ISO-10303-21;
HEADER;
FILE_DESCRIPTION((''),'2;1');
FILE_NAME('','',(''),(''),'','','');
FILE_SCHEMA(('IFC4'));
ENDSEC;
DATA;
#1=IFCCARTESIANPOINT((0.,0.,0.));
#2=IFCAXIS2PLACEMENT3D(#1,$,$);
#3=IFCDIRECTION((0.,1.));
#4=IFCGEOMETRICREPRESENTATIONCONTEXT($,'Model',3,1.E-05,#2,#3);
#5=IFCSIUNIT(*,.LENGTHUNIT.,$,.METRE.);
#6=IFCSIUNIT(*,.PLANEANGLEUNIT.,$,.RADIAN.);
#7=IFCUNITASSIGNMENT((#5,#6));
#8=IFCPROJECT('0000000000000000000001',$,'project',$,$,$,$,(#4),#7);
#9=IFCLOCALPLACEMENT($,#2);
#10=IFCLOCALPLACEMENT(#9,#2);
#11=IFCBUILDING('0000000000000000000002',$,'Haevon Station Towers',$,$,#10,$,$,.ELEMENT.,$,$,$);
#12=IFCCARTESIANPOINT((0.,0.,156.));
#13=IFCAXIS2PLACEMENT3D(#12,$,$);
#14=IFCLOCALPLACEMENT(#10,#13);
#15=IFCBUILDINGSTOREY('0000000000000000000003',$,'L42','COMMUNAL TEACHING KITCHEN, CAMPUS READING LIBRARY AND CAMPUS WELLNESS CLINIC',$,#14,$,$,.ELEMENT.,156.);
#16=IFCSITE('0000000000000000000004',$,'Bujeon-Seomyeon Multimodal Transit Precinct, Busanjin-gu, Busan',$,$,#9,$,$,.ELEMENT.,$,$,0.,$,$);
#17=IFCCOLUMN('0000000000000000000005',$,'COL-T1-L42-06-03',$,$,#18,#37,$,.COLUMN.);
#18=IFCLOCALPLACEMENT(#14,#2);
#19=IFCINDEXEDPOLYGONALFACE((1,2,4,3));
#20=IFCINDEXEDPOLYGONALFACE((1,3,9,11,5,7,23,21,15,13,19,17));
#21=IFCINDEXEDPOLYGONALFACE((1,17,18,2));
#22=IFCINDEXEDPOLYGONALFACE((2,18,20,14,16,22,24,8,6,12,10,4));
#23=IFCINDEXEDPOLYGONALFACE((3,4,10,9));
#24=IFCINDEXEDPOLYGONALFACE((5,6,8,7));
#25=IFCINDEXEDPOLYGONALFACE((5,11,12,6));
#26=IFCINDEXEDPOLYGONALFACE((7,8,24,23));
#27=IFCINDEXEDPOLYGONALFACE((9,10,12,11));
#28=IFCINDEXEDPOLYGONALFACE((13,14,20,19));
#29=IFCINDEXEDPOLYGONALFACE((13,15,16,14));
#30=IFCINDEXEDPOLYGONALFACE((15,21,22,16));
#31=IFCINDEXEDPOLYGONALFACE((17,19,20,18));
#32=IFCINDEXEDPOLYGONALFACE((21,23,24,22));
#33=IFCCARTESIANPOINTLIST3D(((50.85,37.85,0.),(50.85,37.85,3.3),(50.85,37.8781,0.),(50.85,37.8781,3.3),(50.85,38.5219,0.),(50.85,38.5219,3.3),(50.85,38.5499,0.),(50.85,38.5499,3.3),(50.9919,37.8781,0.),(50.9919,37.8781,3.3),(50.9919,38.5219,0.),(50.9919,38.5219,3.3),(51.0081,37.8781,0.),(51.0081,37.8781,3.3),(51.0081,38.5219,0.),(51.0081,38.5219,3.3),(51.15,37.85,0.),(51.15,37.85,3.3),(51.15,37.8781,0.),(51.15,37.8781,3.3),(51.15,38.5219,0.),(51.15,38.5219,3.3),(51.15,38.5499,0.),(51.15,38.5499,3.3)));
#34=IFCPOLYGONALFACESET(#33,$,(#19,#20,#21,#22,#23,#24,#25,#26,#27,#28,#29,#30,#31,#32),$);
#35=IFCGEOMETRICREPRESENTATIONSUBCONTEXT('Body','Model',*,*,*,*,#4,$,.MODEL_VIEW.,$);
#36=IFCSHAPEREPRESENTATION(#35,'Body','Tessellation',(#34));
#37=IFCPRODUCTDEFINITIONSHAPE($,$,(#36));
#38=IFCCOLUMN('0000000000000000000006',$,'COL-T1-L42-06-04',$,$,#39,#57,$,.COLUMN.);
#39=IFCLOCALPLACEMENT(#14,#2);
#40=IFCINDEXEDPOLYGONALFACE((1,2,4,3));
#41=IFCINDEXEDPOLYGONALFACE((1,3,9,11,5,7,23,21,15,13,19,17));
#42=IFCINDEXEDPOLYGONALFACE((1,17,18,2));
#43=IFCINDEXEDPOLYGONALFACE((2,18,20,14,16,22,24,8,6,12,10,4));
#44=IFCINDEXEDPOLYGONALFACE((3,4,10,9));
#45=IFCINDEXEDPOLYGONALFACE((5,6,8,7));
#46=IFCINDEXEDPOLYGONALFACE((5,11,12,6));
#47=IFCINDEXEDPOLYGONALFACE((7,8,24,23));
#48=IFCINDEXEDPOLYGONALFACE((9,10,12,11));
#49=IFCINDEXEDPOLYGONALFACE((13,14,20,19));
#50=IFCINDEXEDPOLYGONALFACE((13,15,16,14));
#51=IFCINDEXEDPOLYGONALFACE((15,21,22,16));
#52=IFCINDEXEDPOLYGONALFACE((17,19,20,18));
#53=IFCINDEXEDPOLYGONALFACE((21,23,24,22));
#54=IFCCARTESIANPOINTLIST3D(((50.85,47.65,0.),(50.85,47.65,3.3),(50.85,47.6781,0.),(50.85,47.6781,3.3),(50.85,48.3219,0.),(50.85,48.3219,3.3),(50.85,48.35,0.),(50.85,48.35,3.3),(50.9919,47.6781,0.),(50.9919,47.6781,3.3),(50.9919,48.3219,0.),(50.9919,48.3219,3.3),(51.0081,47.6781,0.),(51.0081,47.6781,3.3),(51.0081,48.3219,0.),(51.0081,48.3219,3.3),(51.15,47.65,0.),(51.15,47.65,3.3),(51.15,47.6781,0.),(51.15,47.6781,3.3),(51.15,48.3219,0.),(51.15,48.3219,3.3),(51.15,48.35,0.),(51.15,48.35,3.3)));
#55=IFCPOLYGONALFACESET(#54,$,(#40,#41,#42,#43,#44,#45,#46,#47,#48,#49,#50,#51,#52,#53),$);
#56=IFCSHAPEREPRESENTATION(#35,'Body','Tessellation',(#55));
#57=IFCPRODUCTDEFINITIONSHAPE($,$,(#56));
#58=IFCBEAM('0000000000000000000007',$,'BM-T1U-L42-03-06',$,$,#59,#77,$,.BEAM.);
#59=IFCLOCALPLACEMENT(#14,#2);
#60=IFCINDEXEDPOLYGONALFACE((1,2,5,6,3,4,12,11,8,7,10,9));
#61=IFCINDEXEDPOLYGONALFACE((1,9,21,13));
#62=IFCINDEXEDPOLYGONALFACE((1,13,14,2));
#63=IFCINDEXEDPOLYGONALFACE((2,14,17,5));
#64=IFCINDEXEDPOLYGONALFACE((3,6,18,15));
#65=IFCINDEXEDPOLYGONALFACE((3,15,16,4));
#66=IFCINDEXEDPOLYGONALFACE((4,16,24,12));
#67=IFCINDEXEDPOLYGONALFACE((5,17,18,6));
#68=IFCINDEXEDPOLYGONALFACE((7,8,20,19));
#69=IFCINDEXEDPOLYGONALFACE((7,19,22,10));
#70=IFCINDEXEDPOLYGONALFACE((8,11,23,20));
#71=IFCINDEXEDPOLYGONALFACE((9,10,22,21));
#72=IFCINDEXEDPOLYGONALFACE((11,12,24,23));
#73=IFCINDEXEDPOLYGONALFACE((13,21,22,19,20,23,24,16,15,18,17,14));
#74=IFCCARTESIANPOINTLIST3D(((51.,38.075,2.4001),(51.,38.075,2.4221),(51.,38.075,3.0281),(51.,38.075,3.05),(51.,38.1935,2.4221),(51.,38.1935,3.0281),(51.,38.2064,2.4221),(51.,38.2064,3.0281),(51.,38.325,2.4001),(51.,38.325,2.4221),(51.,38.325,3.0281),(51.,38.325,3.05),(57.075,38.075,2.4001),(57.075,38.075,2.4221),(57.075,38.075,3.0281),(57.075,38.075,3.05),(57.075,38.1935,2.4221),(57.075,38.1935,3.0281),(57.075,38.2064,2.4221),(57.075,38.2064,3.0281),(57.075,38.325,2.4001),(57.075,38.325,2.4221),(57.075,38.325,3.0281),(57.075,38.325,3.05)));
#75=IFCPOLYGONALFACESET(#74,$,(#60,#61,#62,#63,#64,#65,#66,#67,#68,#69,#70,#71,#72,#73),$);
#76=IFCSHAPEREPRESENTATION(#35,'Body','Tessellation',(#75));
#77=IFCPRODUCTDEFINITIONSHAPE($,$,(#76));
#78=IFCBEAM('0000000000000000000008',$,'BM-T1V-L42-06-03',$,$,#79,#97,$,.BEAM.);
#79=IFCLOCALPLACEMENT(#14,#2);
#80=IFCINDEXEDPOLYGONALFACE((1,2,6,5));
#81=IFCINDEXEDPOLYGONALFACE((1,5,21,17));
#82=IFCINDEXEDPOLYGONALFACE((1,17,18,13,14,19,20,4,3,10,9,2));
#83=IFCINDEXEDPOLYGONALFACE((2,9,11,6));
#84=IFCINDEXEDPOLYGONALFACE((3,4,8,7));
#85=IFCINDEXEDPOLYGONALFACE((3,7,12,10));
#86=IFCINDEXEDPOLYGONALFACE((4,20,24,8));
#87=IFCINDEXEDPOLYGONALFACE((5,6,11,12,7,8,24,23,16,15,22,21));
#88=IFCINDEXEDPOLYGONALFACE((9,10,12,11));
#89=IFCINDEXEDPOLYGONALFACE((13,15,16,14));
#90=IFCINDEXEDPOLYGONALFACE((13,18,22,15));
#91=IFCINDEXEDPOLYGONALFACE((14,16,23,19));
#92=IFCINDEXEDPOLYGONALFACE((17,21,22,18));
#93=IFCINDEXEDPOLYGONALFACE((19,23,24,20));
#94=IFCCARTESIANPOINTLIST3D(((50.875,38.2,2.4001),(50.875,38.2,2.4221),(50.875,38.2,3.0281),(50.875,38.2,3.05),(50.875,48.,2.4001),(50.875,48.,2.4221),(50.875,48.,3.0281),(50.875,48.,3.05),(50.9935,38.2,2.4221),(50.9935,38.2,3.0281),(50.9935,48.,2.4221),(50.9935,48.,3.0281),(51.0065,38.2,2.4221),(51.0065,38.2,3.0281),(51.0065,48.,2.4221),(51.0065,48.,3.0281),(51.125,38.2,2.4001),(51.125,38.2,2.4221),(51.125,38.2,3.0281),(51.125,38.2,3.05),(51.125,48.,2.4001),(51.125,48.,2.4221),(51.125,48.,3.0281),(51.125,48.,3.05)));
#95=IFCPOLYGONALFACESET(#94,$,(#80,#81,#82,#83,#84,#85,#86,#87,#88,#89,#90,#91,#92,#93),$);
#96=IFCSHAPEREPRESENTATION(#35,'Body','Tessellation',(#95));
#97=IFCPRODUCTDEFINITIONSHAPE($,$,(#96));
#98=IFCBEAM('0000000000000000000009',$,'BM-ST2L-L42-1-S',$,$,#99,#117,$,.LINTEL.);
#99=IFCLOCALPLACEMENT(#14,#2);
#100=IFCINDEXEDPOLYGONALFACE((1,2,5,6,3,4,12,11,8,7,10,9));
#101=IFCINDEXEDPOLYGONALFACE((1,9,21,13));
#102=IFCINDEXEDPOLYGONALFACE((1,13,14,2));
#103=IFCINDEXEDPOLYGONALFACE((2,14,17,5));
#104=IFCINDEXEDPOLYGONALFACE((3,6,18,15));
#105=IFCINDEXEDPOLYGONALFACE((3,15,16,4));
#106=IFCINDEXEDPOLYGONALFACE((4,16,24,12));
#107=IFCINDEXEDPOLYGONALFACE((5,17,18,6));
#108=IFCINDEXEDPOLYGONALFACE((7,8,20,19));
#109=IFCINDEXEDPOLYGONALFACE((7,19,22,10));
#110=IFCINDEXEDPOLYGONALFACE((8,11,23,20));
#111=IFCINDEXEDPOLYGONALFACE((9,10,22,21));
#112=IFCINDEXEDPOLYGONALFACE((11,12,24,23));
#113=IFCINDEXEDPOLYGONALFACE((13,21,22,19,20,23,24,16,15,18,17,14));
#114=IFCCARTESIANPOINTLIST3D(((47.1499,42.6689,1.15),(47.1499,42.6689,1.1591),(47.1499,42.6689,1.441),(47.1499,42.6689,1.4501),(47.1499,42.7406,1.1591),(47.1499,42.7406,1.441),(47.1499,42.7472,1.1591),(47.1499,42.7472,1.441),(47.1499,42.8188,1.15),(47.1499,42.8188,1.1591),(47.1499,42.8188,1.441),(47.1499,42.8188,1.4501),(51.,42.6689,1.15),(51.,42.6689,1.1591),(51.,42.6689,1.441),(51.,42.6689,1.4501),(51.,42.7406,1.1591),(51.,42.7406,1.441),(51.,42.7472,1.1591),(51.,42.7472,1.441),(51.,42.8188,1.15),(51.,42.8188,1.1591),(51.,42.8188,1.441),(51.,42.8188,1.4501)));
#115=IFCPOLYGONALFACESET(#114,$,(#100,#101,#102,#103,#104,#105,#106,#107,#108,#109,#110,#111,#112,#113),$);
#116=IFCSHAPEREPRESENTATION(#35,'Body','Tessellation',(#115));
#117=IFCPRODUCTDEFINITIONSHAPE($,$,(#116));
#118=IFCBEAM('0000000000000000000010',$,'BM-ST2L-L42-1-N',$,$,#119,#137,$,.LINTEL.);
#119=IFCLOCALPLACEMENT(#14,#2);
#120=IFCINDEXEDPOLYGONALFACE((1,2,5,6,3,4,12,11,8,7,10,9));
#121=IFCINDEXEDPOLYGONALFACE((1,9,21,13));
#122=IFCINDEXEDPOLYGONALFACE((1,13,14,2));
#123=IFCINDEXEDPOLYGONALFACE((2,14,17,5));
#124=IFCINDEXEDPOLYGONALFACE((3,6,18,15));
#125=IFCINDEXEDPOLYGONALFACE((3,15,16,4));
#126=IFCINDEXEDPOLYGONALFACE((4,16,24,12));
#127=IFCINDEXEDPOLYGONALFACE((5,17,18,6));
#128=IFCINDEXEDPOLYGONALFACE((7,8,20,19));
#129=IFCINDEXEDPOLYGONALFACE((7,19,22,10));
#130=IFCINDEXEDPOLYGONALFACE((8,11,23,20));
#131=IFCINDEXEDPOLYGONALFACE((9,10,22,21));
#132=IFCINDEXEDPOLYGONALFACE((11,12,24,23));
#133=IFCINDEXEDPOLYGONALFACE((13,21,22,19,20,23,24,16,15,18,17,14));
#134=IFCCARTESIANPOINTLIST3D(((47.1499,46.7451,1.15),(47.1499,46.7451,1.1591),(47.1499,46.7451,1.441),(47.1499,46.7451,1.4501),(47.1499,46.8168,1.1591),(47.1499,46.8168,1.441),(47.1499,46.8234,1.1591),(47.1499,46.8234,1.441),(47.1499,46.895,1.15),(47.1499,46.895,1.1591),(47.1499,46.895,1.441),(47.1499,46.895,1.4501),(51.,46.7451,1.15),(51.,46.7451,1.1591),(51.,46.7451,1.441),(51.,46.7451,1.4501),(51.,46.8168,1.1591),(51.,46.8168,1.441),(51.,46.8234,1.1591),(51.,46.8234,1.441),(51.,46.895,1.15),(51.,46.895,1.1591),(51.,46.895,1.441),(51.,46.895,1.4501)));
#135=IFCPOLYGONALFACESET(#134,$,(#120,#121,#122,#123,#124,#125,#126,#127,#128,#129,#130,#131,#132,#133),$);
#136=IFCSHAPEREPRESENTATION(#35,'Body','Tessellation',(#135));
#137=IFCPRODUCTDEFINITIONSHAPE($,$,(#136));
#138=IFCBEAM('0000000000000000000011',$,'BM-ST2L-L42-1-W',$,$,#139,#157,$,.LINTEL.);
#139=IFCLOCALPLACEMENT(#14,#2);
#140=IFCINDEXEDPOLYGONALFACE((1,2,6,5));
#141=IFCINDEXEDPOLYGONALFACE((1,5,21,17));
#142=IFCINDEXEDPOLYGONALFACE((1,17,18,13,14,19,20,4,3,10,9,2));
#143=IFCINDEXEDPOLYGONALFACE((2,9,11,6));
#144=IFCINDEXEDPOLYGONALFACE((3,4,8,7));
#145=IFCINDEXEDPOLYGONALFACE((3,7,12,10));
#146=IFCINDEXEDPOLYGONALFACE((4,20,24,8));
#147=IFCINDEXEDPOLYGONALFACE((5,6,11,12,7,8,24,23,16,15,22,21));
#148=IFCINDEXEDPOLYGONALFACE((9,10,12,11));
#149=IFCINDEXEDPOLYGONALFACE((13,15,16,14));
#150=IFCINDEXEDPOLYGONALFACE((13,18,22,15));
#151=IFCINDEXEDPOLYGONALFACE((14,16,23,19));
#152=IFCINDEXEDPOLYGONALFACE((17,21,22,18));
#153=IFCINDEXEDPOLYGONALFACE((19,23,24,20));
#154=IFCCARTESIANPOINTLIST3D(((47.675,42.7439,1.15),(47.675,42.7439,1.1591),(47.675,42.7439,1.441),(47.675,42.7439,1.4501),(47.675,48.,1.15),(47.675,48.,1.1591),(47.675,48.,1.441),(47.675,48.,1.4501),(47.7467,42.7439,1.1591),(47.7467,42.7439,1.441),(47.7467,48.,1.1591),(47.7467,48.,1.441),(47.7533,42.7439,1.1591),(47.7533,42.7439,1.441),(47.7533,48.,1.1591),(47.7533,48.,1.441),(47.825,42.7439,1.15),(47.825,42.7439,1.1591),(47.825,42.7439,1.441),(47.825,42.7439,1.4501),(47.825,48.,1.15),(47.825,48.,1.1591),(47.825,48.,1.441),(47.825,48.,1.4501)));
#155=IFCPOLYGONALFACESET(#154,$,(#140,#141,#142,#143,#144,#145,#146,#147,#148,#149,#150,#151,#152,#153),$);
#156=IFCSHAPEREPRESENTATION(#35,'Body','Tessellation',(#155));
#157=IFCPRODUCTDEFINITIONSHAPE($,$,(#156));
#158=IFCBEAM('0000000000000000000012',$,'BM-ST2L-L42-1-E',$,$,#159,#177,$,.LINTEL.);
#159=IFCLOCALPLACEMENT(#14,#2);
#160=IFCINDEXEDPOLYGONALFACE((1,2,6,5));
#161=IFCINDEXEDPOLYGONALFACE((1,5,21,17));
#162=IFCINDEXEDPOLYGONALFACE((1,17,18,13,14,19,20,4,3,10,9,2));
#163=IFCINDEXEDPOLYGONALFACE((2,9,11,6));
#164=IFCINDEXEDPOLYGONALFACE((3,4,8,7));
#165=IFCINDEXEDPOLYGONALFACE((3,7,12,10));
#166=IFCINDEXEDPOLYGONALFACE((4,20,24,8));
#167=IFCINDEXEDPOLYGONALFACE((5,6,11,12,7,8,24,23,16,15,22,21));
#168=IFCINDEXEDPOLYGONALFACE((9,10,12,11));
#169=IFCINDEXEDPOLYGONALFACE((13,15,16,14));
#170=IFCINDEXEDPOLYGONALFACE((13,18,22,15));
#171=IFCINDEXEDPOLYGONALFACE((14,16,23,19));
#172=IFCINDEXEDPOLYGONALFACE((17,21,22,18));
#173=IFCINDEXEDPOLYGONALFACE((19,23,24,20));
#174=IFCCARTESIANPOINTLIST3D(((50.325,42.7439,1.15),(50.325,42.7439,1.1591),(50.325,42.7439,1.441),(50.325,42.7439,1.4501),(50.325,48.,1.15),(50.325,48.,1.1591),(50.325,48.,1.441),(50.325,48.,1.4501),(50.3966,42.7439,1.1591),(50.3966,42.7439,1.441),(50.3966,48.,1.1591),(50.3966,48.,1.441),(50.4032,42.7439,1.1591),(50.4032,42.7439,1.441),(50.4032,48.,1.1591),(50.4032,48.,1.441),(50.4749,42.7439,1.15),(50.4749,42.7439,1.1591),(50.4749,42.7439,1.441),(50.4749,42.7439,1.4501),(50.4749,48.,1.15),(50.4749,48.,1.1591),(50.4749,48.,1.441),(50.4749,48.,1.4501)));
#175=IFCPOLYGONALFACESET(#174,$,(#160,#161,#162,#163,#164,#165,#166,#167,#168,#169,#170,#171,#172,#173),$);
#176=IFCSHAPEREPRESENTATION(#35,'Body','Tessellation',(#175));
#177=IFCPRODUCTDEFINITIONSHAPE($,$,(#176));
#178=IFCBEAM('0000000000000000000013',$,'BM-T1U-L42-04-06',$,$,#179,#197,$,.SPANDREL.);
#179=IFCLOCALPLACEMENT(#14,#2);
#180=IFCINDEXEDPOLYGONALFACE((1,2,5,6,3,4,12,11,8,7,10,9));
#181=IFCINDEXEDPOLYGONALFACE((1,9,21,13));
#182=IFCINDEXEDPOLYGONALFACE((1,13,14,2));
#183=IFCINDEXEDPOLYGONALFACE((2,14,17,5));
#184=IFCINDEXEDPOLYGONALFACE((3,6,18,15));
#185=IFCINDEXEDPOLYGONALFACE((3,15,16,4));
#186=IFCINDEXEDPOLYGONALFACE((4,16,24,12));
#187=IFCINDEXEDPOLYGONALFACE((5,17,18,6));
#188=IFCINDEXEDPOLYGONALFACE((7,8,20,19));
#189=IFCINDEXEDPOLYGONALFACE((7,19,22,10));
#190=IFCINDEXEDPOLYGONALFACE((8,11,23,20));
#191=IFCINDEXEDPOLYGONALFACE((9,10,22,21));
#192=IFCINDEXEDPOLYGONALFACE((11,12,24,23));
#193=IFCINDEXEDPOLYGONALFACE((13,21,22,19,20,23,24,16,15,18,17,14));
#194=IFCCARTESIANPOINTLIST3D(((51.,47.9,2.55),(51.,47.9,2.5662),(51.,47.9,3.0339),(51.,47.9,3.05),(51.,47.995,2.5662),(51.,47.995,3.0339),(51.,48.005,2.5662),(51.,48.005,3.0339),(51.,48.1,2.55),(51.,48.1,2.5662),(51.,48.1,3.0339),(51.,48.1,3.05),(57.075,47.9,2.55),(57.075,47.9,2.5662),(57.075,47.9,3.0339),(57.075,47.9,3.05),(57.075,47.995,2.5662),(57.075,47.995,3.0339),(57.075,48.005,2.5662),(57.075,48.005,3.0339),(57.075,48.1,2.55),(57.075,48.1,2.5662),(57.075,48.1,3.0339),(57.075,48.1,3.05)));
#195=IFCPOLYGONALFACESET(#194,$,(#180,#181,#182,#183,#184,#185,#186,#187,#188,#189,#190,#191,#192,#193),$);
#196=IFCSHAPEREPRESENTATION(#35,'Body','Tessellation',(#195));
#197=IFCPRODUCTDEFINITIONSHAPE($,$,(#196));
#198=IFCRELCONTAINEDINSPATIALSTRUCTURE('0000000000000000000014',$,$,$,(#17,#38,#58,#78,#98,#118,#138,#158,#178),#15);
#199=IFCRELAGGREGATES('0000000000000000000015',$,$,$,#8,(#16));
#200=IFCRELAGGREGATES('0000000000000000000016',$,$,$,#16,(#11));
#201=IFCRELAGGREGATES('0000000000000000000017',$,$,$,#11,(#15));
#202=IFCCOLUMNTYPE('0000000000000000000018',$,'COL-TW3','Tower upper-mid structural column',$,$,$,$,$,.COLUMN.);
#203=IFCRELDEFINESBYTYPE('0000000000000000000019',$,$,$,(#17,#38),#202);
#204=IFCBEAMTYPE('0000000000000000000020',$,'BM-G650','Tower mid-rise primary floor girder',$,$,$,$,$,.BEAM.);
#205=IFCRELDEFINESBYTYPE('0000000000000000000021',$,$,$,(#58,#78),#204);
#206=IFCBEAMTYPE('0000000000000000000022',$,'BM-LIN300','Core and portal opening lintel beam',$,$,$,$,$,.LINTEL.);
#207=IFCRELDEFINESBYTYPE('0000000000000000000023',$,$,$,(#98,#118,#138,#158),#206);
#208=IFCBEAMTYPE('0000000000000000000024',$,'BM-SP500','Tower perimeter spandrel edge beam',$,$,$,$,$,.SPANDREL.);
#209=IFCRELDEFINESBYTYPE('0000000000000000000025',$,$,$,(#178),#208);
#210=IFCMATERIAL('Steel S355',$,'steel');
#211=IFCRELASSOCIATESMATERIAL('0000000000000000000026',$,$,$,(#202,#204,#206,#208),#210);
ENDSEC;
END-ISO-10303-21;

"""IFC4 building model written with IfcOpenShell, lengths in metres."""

from ifc_helpers import new_model, si_unit, direction, frame, origin, origin_2d, place, context, subcontext, project, spatial, i_section, extrude, material, material_profile, profile_set, type_object, element, save


model = new_model("IFC4")

# Units and contexts
model_context = context("Model", 3, precision=1e-05, world=origin(), true_north=direction((0.0, 1.0)))
body_context = subcontext(model_context, "Body", "Model", "MODEL_VIEW")
ifc_project = project(units=[si_unit("LENGTHUNIT", "METRE"), si_unit("PLANEANGLEUNIT", "RADIAN")], contexts=[model_context])

# Site, building, storey
site_placement = place(None, origin())
site = spatial("IfcSite", under=ifc_project, at=site_placement, Name="Bujeon-Seomyeon Multimodal Transit Precinct, Busanjin-gu, Busan", CompositionType="ELEMENT", RefElevation=0.0)
building_placement = place(site_placement, origin())
building = spatial("IfcBuilding", under=site, at=building_placement, Name="Haevon Station Towers", CompositionType="ELEMENT")
storey_placement = place(building_placement, frame((0.0, 0.0, 156.0)))
storey = spatial("IfcBuildingStorey", under=building, at=storey_placement, Name="L42", Description="COMMUNAL TEACHING KITCHEN, CAMPUS READING LIBRARY AND CAMPUS WELLNESS CLINIC", CompositionType="ELEMENT", Elevation=156.0)

# Columns
ifc_material_1 = material(Name="Steel S355", Category="steel")
ifc_material_profile_1 = material_profile(ifc_material_1, i_section(OverallWidth=0.3, OverallDepth=0.7, WebThickness=0.0161, FlangeThickness=0.0281, at=origin_2d()), Name="H-700x300x16x28")
ifc_profile_set_1 = profile_set([ifc_material_profile_1], Name="Steel S355")
column_type = type_object("IfcColumnType", Name="COL-TW3", Description="Tower upper-mid structural column", PredefinedType="COLUMN", material=ifc_profile_set_1)
for number, where, z_axis, x_axis, name in (
    (1, (51.0, 38.2, 0.0), (0.0, 0.0, 1.0), (1.0, 0.0, 0.0), "COL-T1-L42-06-03"),
    (2, (51.0, 48.0, 0.0), (0.0, 0.0, 1.0), (1.0, 0.0, 0.0), "COL-T1-L42-06-04"),
):
    element("IfcColumn", number, at=place(storey_placement, frame(where, z_axis=z_axis, x_axis=x_axis)), inside=storey, type_object=column_type, Name=name, PredefinedType="COLUMN", context=body_context, shape_type="SweptSolid", body=[
        extrude(i_section(OverallWidth=0.3, OverallDepth=0.7, WebThickness=0.0161, FlangeThickness=0.0281, at=origin_2d()), origin(), (0.0, 0.0, 1.0), 3.3),
    ])

# Beams
ifc_material_profile_2 = material_profile(ifc_material_1, i_section(OverallWidth=0.25, OverallDepth=0.6499, WebThickness=0.0129, FlangeThickness=0.022, at=origin_2d()), Name="H-650x250x13x22")
ifc_profile_set_2 = profile_set([ifc_material_profile_2], Name="Steel S355")
beam_type_1 = type_object("IfcBeamType", Name="BM-G650", Description="Tower mid-rise primary floor girder", PredefinedType="BEAM", material=ifc_profile_set_2)
beam_1_placement = place(storey_placement, frame((51.0, 38.2, 2.7251), z_axis=(1.0, 0.0, 0.0), x_axis=(0.0, 1.0, 0.0)))
element("IfcBeam", 3, at=beam_1_placement, inside=storey, type_object=beam_type_1, Name="BM-T1U-L42-03-06", PredefinedType="BEAM", context=body_context, shape_type="SweptSolid", body=[
    extrude(i_section(OverallWidth=0.25, OverallDepth=0.6499, WebThickness=0.0129, FlangeThickness=0.022, at=origin_2d()), origin(), (0.0, 0.0, 1.0), 6.075),
])
beam_2_placement = place(storey_placement, frame((51.0, 38.2, 2.7251), z_axis=(0.0, 1.0, 0.0), x_axis=(-1.0, 0.0, 0.0)))
element("IfcBeam", 4, at=beam_2_placement, inside=storey, type_object=beam_type_1, Name="BM-T1V-L42-06-03", PredefinedType="BEAM", context=body_context, shape_type="SweptSolid", body=[
    extrude(i_section(OverallWidth=0.25, OverallDepth=0.6499, WebThickness=0.0129, FlangeThickness=0.022, at=origin_2d()), origin(), (0.0, 0.0, 1.0), 9.8),
])
ifc_material_profile_3 = material_profile(ifc_material_1, i_section(OverallWidth=0.1499, OverallDepth=0.3, WebThickness=0.0066, FlangeThickness=0.009, at=origin_2d()), Name="H-300x150x6.5x9")
ifc_profile_set_3 = profile_set([ifc_material_profile_3], Name="Steel S355")
beam_type_2 = type_object("IfcBeamType", Name="BM-LIN300", Description="Core and portal opening lintel beam", PredefinedType="LINTEL", material=ifc_profile_set_3)
for number, where, z_axis, x_axis, name in (
    (5, (47.1499, 42.7439, 1.3), (1.0, 0.0, 0.0), (0.0, 1.0, 0.0), "BM-ST2L-L42-1-S"),
    (6, (47.1499, 46.8201, 1.3), (1.0, 0.0, 0.0), (0.0, 1.0, 0.0), "BM-ST2L-L42-1-N"),
):
    element("IfcBeam", number, at=place(storey_placement, frame(where, z_axis=z_axis, x_axis=x_axis)), inside=storey, type_object=beam_type_2, Name=name, PredefinedType="LINTEL", context=body_context, shape_type="SweptSolid", body=[
        extrude(i_section(OverallWidth=0.1499, OverallDepth=0.3, WebThickness=0.0066, FlangeThickness=0.009, at=origin_2d()), origin(), (0.0, 0.0, 1.0), 3.8501),
    ])
for number, where, z_axis, x_axis, name in (
    (7, (47.75, 42.7439, 1.3), (0.0, 1.0, 0.0), (-1.0, 0.0, 0.0), "BM-ST2L-L42-1-W"),
    (8, (50.3999, 42.7439, 1.3), (0.0, 1.0, 0.0), (-1.0, 0.0, 0.0), "BM-ST2L-L42-1-E"),
):
    element("IfcBeam", number, at=place(storey_placement, frame(where, z_axis=z_axis, x_axis=x_axis)), inside=storey, type_object=beam_type_2, Name=name, PredefinedType="LINTEL", context=body_context, shape_type="SweptSolid", body=[
        extrude(i_section(OverallWidth=0.1499, OverallDepth=0.3, WebThickness=0.0066, FlangeThickness=0.009, at=origin_2d()), origin(), (0.0, 0.0, 1.0), 5.2561),
    ])
ifc_material_profile_4 = material_profile(ifc_material_1, i_section(OverallWidth=0.2, OverallDepth=0.5, WebThickness=0.01, FlangeThickness=0.0161, at=origin_2d()), Name="H-500x200x10x16")
ifc_profile_set_4 = profile_set([ifc_material_profile_4], Name="Steel S355")
beam_type_3 = type_object("IfcBeamType", Name="BM-SP500", Description="Tower perimeter spandrel edge beam", PredefinedType="SPANDREL", material=ifc_profile_set_4)
beam_3_placement = place(storey_placement, frame((51.0, 48.0, 2.8), z_axis=(1.0, 0.0, 0.0), x_axis=(0.0, 1.0, 0.0)))
element("IfcBeam", 9, at=beam_3_placement, inside=storey, type_object=beam_type_3, Name="BM-T1U-L42-04-06", PredefinedType="SPANDREL", context=body_context, shape_type="SweptSolid", body=[
    extrude(i_section(OverallWidth=0.2, OverallDepth=0.5, WebThickness=0.01, FlangeThickness=0.0161, at=origin_2d()), origin(), (0.0, 0.0, 1.0), 6.075),
])

save(model, "model.ifc")
